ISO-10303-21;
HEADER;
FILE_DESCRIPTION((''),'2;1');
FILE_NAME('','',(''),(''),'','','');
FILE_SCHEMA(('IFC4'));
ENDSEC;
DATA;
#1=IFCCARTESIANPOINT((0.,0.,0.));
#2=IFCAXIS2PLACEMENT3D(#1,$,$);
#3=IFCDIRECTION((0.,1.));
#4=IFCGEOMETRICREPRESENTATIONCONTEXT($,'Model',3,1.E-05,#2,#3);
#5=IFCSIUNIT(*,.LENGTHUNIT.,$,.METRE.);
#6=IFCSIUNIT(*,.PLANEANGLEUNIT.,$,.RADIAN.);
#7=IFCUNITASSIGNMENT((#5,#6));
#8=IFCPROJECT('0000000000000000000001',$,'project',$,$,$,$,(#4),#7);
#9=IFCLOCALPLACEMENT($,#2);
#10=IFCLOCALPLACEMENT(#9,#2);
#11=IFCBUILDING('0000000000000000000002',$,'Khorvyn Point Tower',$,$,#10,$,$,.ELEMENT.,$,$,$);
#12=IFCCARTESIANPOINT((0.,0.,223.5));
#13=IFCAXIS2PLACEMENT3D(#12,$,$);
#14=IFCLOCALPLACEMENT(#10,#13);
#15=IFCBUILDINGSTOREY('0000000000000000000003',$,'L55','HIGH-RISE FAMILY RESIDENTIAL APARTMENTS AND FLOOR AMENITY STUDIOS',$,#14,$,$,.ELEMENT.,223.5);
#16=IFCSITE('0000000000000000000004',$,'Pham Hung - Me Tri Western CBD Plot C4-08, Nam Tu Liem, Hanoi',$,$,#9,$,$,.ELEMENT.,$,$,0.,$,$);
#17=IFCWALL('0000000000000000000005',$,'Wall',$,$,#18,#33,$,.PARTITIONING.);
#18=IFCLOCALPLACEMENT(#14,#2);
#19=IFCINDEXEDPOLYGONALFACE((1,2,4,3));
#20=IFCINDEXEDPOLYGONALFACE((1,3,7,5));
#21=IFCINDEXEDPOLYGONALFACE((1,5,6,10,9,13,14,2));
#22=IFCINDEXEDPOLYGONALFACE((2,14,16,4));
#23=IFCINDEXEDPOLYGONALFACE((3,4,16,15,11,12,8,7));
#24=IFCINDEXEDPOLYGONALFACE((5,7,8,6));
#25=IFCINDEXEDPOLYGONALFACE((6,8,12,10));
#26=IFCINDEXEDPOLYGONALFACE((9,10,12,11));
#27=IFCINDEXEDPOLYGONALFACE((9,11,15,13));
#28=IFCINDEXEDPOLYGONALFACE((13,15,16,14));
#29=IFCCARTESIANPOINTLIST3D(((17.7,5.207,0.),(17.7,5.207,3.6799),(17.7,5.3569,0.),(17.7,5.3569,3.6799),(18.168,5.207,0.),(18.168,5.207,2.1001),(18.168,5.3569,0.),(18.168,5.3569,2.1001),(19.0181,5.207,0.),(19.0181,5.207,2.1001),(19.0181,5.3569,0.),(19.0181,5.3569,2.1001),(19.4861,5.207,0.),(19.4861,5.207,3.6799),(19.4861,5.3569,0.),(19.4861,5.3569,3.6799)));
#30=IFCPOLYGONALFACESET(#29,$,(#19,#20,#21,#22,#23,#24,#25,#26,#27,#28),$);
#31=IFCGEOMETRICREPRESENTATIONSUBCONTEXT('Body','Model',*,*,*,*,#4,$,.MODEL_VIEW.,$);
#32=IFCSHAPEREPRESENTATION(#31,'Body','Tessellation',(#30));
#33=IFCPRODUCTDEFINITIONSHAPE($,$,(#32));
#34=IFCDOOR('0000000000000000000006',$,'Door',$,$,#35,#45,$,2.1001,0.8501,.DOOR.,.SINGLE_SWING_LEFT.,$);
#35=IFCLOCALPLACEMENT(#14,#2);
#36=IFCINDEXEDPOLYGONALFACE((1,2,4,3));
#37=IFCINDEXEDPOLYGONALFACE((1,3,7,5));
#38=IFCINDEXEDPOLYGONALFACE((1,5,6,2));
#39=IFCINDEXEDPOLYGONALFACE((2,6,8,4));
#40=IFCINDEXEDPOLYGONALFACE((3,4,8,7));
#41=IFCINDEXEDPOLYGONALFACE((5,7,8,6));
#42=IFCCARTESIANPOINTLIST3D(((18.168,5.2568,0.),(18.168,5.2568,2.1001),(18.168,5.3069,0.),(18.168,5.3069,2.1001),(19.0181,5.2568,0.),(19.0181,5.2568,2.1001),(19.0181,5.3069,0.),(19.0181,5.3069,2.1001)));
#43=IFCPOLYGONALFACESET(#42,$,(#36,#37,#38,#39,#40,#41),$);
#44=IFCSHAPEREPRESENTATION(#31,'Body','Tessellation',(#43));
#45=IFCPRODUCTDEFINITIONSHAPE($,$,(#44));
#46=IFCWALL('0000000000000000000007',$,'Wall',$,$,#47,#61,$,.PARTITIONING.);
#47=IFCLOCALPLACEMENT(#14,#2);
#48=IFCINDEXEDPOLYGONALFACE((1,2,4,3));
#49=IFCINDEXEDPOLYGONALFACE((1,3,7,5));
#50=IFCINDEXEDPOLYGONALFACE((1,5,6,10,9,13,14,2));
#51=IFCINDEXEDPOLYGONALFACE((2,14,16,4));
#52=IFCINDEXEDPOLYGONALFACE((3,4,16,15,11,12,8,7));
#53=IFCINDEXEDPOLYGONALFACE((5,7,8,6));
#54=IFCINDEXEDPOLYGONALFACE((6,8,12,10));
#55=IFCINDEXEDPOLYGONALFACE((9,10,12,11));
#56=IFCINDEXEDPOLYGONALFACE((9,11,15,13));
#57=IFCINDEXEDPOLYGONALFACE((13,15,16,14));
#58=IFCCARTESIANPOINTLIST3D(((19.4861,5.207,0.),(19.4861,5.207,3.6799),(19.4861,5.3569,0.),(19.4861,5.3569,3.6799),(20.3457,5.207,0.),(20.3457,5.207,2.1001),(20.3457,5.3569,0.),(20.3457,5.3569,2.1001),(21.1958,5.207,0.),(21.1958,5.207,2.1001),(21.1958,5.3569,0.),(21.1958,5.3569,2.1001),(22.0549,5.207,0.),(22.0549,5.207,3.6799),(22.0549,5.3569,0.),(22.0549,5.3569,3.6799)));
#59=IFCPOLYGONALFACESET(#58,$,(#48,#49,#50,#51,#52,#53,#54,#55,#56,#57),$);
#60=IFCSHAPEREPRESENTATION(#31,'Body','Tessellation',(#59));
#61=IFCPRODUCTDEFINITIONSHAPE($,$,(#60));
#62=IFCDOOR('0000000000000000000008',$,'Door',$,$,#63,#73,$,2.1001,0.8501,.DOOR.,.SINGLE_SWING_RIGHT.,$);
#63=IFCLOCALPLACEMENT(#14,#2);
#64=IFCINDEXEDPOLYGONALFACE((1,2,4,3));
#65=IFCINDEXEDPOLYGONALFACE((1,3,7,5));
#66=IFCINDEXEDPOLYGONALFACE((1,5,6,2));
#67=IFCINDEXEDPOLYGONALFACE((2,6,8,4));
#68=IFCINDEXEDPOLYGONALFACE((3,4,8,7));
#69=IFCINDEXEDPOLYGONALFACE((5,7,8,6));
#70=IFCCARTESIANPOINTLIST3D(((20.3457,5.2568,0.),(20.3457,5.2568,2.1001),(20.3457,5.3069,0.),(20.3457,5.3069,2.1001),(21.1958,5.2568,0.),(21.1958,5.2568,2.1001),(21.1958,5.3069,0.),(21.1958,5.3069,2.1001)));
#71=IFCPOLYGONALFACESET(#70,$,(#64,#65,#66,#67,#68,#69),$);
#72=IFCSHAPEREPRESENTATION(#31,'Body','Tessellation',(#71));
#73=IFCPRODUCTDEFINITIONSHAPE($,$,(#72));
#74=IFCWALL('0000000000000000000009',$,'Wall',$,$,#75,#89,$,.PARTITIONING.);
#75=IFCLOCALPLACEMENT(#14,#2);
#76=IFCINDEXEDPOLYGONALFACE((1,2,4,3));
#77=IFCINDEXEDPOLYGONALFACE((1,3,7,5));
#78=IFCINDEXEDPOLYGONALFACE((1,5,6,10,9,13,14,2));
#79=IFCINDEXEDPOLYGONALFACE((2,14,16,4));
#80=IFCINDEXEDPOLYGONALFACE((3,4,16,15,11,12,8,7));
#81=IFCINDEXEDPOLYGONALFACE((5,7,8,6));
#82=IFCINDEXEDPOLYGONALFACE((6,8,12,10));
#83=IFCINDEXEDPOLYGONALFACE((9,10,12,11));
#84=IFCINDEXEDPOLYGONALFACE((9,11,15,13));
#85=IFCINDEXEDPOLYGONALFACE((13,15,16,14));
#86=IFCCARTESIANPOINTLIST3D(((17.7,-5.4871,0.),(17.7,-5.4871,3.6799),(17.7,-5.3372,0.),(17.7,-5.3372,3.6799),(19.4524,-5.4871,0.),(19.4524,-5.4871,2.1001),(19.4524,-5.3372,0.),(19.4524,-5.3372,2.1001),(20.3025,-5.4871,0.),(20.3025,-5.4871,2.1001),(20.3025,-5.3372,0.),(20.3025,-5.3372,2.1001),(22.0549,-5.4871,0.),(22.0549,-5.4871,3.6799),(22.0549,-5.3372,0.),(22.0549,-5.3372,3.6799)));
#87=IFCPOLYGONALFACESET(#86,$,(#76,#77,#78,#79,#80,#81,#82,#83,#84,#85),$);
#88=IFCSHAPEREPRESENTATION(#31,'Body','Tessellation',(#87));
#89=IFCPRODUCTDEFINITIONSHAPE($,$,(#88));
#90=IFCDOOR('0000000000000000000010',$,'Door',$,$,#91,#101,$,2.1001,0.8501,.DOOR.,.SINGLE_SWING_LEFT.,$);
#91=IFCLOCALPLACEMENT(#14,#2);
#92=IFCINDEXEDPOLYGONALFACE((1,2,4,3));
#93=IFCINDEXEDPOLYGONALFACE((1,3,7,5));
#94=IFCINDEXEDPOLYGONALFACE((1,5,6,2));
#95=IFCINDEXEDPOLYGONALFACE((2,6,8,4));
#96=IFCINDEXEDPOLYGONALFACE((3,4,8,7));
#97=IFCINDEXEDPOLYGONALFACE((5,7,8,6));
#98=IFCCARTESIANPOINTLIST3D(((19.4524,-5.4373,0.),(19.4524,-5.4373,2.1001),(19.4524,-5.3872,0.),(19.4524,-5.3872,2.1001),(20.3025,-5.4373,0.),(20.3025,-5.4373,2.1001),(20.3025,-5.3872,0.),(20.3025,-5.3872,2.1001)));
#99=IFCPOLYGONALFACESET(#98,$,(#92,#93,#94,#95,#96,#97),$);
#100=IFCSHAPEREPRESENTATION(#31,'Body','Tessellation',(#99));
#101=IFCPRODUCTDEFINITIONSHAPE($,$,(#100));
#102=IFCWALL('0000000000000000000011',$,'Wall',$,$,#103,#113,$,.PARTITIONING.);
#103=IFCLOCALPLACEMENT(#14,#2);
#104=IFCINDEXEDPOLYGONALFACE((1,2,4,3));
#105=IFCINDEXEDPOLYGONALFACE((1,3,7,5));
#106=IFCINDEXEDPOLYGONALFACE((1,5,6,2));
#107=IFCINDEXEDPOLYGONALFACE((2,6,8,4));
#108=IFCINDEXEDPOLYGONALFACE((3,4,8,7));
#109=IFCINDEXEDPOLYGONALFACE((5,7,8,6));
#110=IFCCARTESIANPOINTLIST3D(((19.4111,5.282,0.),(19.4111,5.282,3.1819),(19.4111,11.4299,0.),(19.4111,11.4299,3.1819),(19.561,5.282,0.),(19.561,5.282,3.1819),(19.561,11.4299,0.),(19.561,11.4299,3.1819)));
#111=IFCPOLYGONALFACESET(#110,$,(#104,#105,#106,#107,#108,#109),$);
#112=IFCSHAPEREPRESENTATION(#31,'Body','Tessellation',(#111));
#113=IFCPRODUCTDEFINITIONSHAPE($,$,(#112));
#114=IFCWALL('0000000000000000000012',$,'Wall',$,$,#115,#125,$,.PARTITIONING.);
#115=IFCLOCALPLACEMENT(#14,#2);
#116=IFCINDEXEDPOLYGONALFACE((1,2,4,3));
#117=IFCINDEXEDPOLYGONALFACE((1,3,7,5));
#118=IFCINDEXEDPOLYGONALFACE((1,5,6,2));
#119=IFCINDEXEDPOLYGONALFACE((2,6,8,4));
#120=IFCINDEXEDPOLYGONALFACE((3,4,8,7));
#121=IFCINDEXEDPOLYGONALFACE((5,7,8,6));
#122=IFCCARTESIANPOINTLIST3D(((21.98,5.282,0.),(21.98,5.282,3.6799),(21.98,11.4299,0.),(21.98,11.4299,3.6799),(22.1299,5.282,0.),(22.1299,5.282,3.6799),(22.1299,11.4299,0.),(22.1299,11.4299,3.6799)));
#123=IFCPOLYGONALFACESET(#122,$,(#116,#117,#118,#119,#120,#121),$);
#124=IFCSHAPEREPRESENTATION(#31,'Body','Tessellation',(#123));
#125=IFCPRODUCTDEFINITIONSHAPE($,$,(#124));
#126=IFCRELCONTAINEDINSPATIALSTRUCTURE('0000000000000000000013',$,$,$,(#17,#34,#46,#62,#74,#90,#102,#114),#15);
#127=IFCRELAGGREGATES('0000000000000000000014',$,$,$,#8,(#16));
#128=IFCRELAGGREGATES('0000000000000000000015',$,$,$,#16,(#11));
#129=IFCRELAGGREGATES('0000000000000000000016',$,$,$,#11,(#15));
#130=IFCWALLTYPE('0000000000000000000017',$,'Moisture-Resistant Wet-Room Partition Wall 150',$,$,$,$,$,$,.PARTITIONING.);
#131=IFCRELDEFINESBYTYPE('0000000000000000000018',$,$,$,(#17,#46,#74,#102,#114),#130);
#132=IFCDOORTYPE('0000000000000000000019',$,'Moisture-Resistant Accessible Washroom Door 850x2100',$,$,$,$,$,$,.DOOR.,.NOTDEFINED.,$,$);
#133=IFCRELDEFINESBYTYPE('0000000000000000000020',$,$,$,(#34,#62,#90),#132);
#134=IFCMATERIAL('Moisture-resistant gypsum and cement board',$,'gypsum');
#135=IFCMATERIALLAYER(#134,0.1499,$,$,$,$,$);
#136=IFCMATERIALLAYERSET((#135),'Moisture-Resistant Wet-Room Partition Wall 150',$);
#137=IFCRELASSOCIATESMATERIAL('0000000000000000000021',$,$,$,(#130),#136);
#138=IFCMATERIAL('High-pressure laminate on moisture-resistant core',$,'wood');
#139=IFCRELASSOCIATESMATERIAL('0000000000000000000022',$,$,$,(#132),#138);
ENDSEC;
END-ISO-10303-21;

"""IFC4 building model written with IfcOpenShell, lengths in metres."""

from ifc_helpers import new_model, si_unit, direction, frame, frame_2d, origin, place, context, subcontext, project, spatial, rectangle, extrude, material, layer, layer_set, type_object, element, fill, save


model = new_model("IFC4")

# Units and contexts
model_context = context("Model", 3, precision=1e-05, world=origin(), true_north=direction((0.0, 1.0)))
body_context = subcontext(model_context, "Body", "Model", "MODEL_VIEW")
ifc_project = project(units=[si_unit("LENGTHUNIT", "METRE"), si_unit("PLANEANGLEUNIT", "RADIAN")], contexts=[model_context])

# Site, building, storey
site_placement = place(None, origin())
site = spatial("IfcSite", under=ifc_project, at=site_placement, Name="Pham Hung - Me Tri Western CBD Plot C4-08, Nam Tu Liem, Hanoi", CompositionType="ELEMENT", RefElevation=0.0)
building_placement = place(site_placement, origin())
building = spatial("IfcBuilding", under=site, at=building_placement, Name="Khorvyn Point Tower", CompositionType="ELEMENT")
storey_placement = place(building_placement, frame((0.0, 0.0, 223.5)))
storey = spatial("IfcBuildingStorey", under=building, at=storey_placement, Name="L55", Description="HIGH-RISE FAMILY RESIDENTIAL APARTMENTS AND FLOOR AMENITY STUDIOS", CompositionType="ELEMENT", Elevation=223.5)

# Walls, openings, doors
ifc_material_1 = material(Name="Moisture-resistant gypsum and cement board", Category="gypsum")
ifc_layer_1 = layer(ifc_material_1, 0.1499)
ifc_layer_set_1 = layer_set([ifc_layer_1], Name="Moisture-Resistant Wet-Room Partition Wall 150")
wall_type_1 = type_object("IfcWallType", Name="Moisture-Resistant Wet-Room Partition Wall 150", PredefinedType="PARTITIONING", material=ifc_layer_set_1)
wall_1_placement = place(storey_placement, frame((17.7, 5.282, 0.0), z_axis=(0.0, 0.0, 1.0), x_axis=(1.0, 0.0, 0.0)))
wall_1 = element("IfcWall", 1, at=wall_1_placement, inside=storey, type_object=wall_type_1, Name="Wall", PredefinedType="PARTITIONING", context=body_context, shape_type="SweptSolid", body=[
    extrude(rectangle(XDim=1.7861, YDim=0.1499, at=frame_2d((0.8931, 0.0))), origin(), (0.0, 0.0, 1.0), 3.6799),
])
opening_1_placement = place(wall_1_placement, frame((0.468, 0.0, 0.0)))
opening_1 = element("IfcOpeningElement", 2, at=opening_1_placement, cuts=wall_1, PredefinedType="OPENING", context=body_context, shape_type="SweptSolid", body=[
    extrude(rectangle(XDim=0.8501, YDim=2.1001, at=frame_2d((0.425, 1.05))), frame((0.0, 0.085, 0.0), z_axis=(0.0, -1.0, 0.0), x_axis=(1.0, 0.0, 0.0)), (0.0, 0.0, 1.0), 0.1699),
])
ifc_material_2 = material(Name="High-pressure laminate on moisture-resistant core", Category="wood")
door_type_1 = type_object("IfcDoorType", Name="Moisture-Resistant Accessible Washroom Door 850x2100", OperationType="NOTDEFINED", PredefinedType="DOOR", material=ifc_material_2)
door_1_placement = place(opening_1_placement, origin())
door_1 = element("IfcDoor", 3, at=door_1_placement, inside=storey, type_object=door_type_1, Name="Door", OperationType="SINGLE_SWING_LEFT", OverallHeight=2.1001, OverallWidth=0.8501, PredefinedType="DOOR", context=body_context, shape_type="SweptSolid", body=[
    extrude(rectangle(XDim=0.8501, YDim=2.1001, at=frame_2d((0.425, 1.05))), frame((0.0, 0.0249, 0.0), z_axis=(0.0, -1.0, 0.0), x_axis=(1.0, 0.0, 0.0)), (0.0, 0.0, 1.0), 0.05),
])
fill(opening_1, door_1)
wall_2_placement = place(storey_placement, frame((19.4861, 5.282, 0.0), z_axis=(0.0, 0.0, 1.0), x_axis=(1.0, 0.0, 0.0)))
wall_2 = element("IfcWall", 4, at=wall_2_placement, inside=storey, type_object=wall_type_1, Name="Wall", PredefinedType="PARTITIONING", context=body_context, shape_type="SweptSolid", body=[
    extrude(rectangle(XDim=2.5688, YDim=0.1499, at=frame_2d((1.2844, 0.0))), origin(), (0.0, 0.0, 1.0), 3.6799),
])
opening_2_placement = place(wall_2_placement, frame((0.8596, 0.0, 0.0)))
opening_2 = element("IfcOpeningElement", 5, at=opening_2_placement, cuts=wall_2, PredefinedType="OPENING", context=body_context, shape_type="SweptSolid", body=[
    extrude(rectangle(XDim=0.8501, YDim=2.1001, at=frame_2d((0.425, 1.05))), frame((0.0, 0.085, 0.0), z_axis=(0.0, -1.0, 0.0), x_axis=(1.0, 0.0, 0.0)), (0.0, 0.0, 1.0), 0.1699),
])
door_2_placement = place(opening_2_placement, origin())
door_2 = element("IfcDoor", 6, at=door_2_placement, inside=storey, type_object=door_type_1, Name="Door", OperationType="SINGLE_SWING_RIGHT", OverallHeight=2.1001, OverallWidth=0.8501, PredefinedType="DOOR", context=body_context, shape_type="SweptSolid", body=[
    extrude(rectangle(XDim=0.8501, YDim=2.1001, at=frame_2d((0.425, 1.05))), frame((0.0, 0.0249, 0.0), z_axis=(0.0, -1.0, 0.0), x_axis=(1.0, 0.0, 0.0)), (0.0, 0.0, 1.0), 0.05),
])
fill(opening_2, door_2)
wall_3_placement = place(storey_placement, frame((17.7, -5.4121, 0.0), z_axis=(0.0, 0.0, 1.0), x_axis=(1.0, 0.0, 0.0)))
wall_3 = element("IfcWall", 7, at=wall_3_placement, inside=storey, type_object=wall_type_1, Name="Wall", PredefinedType="PARTITIONING", context=body_context, shape_type="SweptSolid", body=[
    extrude(rectangle(XDim=4.355, YDim=0.1499, at=frame_2d((2.1775, 0.0))), origin(), (0.0, 0.0, 1.0), 3.6799),
])
opening_3_placement = place(wall_3_placement, frame((1.7524, 0.0, 0.0)))
opening_3 = element("IfcOpeningElement", 8, at=opening_3_placement, cuts=wall_3, PredefinedType="OPENING", context=body_context, shape_type="SweptSolid", body=[
    extrude(rectangle(XDim=0.8501, YDim=2.1001, at=frame_2d((0.425, 1.05))), frame((0.0, 0.085, 0.0), z_axis=(0.0, -1.0, 0.0), x_axis=(1.0, 0.0, 0.0)), (0.0, 0.0, 1.0), 0.1699),
])
door_3_placement = place(opening_3_placement, origin())
door_3 = element("IfcDoor", 9, at=door_3_placement, inside=storey, type_object=door_type_1, Name="Door", OperationType="SINGLE_SWING_LEFT", OverallHeight=2.1001, OverallWidth=0.8501, PredefinedType="DOOR", context=body_context, shape_type="SweptSolid", body=[
    extrude(rectangle(XDim=0.8501, YDim=2.1001, at=frame_2d((0.425, 1.05))), frame((0.0, 0.0249, 0.0), z_axis=(0.0, -1.0, 0.0), x_axis=(1.0, 0.0, 0.0)), (0.0, 0.0, 1.0), 0.05),
])
fill(opening_3, door_3)

# Walls
wall_4_placement = place(storey_placement, frame((19.4861, 5.282, 0.0), z_axis=(0.0, 0.0, 1.0), x_axis=(0.0, 1.0, 0.0)))
element("IfcWall", 10, at=wall_4_placement, inside=storey, type_object=wall_type_1, Name="Wall", PredefinedType="PARTITIONING", context=body_context, shape_type="SweptSolid", body=[
    extrude(rectangle(XDim=6.1479, YDim=0.1499, at=frame_2d((3.074, 0.0))), origin(), (0.0, 0.0, 1.0), 3.1819),
])
wall_5_placement = place(storey_placement, frame((22.0549, 5.282, 0.0), z_axis=(0.0, 0.0, 1.0), x_axis=(0.0, 1.0, 0.0)))
element("IfcWall", 11, at=wall_5_placement, inside=storey, type_object=wall_type_1, Name="Wall", PredefinedType="PARTITIONING", context=body_context, shape_type="SweptSolid", body=[
    extrude(rectangle(XDim=6.1479, YDim=0.1499, at=frame_2d((3.074, 0.0))), origin(), (0.0, 0.0, 1.0), 3.6799),
])

save(model, "model.ifc")
